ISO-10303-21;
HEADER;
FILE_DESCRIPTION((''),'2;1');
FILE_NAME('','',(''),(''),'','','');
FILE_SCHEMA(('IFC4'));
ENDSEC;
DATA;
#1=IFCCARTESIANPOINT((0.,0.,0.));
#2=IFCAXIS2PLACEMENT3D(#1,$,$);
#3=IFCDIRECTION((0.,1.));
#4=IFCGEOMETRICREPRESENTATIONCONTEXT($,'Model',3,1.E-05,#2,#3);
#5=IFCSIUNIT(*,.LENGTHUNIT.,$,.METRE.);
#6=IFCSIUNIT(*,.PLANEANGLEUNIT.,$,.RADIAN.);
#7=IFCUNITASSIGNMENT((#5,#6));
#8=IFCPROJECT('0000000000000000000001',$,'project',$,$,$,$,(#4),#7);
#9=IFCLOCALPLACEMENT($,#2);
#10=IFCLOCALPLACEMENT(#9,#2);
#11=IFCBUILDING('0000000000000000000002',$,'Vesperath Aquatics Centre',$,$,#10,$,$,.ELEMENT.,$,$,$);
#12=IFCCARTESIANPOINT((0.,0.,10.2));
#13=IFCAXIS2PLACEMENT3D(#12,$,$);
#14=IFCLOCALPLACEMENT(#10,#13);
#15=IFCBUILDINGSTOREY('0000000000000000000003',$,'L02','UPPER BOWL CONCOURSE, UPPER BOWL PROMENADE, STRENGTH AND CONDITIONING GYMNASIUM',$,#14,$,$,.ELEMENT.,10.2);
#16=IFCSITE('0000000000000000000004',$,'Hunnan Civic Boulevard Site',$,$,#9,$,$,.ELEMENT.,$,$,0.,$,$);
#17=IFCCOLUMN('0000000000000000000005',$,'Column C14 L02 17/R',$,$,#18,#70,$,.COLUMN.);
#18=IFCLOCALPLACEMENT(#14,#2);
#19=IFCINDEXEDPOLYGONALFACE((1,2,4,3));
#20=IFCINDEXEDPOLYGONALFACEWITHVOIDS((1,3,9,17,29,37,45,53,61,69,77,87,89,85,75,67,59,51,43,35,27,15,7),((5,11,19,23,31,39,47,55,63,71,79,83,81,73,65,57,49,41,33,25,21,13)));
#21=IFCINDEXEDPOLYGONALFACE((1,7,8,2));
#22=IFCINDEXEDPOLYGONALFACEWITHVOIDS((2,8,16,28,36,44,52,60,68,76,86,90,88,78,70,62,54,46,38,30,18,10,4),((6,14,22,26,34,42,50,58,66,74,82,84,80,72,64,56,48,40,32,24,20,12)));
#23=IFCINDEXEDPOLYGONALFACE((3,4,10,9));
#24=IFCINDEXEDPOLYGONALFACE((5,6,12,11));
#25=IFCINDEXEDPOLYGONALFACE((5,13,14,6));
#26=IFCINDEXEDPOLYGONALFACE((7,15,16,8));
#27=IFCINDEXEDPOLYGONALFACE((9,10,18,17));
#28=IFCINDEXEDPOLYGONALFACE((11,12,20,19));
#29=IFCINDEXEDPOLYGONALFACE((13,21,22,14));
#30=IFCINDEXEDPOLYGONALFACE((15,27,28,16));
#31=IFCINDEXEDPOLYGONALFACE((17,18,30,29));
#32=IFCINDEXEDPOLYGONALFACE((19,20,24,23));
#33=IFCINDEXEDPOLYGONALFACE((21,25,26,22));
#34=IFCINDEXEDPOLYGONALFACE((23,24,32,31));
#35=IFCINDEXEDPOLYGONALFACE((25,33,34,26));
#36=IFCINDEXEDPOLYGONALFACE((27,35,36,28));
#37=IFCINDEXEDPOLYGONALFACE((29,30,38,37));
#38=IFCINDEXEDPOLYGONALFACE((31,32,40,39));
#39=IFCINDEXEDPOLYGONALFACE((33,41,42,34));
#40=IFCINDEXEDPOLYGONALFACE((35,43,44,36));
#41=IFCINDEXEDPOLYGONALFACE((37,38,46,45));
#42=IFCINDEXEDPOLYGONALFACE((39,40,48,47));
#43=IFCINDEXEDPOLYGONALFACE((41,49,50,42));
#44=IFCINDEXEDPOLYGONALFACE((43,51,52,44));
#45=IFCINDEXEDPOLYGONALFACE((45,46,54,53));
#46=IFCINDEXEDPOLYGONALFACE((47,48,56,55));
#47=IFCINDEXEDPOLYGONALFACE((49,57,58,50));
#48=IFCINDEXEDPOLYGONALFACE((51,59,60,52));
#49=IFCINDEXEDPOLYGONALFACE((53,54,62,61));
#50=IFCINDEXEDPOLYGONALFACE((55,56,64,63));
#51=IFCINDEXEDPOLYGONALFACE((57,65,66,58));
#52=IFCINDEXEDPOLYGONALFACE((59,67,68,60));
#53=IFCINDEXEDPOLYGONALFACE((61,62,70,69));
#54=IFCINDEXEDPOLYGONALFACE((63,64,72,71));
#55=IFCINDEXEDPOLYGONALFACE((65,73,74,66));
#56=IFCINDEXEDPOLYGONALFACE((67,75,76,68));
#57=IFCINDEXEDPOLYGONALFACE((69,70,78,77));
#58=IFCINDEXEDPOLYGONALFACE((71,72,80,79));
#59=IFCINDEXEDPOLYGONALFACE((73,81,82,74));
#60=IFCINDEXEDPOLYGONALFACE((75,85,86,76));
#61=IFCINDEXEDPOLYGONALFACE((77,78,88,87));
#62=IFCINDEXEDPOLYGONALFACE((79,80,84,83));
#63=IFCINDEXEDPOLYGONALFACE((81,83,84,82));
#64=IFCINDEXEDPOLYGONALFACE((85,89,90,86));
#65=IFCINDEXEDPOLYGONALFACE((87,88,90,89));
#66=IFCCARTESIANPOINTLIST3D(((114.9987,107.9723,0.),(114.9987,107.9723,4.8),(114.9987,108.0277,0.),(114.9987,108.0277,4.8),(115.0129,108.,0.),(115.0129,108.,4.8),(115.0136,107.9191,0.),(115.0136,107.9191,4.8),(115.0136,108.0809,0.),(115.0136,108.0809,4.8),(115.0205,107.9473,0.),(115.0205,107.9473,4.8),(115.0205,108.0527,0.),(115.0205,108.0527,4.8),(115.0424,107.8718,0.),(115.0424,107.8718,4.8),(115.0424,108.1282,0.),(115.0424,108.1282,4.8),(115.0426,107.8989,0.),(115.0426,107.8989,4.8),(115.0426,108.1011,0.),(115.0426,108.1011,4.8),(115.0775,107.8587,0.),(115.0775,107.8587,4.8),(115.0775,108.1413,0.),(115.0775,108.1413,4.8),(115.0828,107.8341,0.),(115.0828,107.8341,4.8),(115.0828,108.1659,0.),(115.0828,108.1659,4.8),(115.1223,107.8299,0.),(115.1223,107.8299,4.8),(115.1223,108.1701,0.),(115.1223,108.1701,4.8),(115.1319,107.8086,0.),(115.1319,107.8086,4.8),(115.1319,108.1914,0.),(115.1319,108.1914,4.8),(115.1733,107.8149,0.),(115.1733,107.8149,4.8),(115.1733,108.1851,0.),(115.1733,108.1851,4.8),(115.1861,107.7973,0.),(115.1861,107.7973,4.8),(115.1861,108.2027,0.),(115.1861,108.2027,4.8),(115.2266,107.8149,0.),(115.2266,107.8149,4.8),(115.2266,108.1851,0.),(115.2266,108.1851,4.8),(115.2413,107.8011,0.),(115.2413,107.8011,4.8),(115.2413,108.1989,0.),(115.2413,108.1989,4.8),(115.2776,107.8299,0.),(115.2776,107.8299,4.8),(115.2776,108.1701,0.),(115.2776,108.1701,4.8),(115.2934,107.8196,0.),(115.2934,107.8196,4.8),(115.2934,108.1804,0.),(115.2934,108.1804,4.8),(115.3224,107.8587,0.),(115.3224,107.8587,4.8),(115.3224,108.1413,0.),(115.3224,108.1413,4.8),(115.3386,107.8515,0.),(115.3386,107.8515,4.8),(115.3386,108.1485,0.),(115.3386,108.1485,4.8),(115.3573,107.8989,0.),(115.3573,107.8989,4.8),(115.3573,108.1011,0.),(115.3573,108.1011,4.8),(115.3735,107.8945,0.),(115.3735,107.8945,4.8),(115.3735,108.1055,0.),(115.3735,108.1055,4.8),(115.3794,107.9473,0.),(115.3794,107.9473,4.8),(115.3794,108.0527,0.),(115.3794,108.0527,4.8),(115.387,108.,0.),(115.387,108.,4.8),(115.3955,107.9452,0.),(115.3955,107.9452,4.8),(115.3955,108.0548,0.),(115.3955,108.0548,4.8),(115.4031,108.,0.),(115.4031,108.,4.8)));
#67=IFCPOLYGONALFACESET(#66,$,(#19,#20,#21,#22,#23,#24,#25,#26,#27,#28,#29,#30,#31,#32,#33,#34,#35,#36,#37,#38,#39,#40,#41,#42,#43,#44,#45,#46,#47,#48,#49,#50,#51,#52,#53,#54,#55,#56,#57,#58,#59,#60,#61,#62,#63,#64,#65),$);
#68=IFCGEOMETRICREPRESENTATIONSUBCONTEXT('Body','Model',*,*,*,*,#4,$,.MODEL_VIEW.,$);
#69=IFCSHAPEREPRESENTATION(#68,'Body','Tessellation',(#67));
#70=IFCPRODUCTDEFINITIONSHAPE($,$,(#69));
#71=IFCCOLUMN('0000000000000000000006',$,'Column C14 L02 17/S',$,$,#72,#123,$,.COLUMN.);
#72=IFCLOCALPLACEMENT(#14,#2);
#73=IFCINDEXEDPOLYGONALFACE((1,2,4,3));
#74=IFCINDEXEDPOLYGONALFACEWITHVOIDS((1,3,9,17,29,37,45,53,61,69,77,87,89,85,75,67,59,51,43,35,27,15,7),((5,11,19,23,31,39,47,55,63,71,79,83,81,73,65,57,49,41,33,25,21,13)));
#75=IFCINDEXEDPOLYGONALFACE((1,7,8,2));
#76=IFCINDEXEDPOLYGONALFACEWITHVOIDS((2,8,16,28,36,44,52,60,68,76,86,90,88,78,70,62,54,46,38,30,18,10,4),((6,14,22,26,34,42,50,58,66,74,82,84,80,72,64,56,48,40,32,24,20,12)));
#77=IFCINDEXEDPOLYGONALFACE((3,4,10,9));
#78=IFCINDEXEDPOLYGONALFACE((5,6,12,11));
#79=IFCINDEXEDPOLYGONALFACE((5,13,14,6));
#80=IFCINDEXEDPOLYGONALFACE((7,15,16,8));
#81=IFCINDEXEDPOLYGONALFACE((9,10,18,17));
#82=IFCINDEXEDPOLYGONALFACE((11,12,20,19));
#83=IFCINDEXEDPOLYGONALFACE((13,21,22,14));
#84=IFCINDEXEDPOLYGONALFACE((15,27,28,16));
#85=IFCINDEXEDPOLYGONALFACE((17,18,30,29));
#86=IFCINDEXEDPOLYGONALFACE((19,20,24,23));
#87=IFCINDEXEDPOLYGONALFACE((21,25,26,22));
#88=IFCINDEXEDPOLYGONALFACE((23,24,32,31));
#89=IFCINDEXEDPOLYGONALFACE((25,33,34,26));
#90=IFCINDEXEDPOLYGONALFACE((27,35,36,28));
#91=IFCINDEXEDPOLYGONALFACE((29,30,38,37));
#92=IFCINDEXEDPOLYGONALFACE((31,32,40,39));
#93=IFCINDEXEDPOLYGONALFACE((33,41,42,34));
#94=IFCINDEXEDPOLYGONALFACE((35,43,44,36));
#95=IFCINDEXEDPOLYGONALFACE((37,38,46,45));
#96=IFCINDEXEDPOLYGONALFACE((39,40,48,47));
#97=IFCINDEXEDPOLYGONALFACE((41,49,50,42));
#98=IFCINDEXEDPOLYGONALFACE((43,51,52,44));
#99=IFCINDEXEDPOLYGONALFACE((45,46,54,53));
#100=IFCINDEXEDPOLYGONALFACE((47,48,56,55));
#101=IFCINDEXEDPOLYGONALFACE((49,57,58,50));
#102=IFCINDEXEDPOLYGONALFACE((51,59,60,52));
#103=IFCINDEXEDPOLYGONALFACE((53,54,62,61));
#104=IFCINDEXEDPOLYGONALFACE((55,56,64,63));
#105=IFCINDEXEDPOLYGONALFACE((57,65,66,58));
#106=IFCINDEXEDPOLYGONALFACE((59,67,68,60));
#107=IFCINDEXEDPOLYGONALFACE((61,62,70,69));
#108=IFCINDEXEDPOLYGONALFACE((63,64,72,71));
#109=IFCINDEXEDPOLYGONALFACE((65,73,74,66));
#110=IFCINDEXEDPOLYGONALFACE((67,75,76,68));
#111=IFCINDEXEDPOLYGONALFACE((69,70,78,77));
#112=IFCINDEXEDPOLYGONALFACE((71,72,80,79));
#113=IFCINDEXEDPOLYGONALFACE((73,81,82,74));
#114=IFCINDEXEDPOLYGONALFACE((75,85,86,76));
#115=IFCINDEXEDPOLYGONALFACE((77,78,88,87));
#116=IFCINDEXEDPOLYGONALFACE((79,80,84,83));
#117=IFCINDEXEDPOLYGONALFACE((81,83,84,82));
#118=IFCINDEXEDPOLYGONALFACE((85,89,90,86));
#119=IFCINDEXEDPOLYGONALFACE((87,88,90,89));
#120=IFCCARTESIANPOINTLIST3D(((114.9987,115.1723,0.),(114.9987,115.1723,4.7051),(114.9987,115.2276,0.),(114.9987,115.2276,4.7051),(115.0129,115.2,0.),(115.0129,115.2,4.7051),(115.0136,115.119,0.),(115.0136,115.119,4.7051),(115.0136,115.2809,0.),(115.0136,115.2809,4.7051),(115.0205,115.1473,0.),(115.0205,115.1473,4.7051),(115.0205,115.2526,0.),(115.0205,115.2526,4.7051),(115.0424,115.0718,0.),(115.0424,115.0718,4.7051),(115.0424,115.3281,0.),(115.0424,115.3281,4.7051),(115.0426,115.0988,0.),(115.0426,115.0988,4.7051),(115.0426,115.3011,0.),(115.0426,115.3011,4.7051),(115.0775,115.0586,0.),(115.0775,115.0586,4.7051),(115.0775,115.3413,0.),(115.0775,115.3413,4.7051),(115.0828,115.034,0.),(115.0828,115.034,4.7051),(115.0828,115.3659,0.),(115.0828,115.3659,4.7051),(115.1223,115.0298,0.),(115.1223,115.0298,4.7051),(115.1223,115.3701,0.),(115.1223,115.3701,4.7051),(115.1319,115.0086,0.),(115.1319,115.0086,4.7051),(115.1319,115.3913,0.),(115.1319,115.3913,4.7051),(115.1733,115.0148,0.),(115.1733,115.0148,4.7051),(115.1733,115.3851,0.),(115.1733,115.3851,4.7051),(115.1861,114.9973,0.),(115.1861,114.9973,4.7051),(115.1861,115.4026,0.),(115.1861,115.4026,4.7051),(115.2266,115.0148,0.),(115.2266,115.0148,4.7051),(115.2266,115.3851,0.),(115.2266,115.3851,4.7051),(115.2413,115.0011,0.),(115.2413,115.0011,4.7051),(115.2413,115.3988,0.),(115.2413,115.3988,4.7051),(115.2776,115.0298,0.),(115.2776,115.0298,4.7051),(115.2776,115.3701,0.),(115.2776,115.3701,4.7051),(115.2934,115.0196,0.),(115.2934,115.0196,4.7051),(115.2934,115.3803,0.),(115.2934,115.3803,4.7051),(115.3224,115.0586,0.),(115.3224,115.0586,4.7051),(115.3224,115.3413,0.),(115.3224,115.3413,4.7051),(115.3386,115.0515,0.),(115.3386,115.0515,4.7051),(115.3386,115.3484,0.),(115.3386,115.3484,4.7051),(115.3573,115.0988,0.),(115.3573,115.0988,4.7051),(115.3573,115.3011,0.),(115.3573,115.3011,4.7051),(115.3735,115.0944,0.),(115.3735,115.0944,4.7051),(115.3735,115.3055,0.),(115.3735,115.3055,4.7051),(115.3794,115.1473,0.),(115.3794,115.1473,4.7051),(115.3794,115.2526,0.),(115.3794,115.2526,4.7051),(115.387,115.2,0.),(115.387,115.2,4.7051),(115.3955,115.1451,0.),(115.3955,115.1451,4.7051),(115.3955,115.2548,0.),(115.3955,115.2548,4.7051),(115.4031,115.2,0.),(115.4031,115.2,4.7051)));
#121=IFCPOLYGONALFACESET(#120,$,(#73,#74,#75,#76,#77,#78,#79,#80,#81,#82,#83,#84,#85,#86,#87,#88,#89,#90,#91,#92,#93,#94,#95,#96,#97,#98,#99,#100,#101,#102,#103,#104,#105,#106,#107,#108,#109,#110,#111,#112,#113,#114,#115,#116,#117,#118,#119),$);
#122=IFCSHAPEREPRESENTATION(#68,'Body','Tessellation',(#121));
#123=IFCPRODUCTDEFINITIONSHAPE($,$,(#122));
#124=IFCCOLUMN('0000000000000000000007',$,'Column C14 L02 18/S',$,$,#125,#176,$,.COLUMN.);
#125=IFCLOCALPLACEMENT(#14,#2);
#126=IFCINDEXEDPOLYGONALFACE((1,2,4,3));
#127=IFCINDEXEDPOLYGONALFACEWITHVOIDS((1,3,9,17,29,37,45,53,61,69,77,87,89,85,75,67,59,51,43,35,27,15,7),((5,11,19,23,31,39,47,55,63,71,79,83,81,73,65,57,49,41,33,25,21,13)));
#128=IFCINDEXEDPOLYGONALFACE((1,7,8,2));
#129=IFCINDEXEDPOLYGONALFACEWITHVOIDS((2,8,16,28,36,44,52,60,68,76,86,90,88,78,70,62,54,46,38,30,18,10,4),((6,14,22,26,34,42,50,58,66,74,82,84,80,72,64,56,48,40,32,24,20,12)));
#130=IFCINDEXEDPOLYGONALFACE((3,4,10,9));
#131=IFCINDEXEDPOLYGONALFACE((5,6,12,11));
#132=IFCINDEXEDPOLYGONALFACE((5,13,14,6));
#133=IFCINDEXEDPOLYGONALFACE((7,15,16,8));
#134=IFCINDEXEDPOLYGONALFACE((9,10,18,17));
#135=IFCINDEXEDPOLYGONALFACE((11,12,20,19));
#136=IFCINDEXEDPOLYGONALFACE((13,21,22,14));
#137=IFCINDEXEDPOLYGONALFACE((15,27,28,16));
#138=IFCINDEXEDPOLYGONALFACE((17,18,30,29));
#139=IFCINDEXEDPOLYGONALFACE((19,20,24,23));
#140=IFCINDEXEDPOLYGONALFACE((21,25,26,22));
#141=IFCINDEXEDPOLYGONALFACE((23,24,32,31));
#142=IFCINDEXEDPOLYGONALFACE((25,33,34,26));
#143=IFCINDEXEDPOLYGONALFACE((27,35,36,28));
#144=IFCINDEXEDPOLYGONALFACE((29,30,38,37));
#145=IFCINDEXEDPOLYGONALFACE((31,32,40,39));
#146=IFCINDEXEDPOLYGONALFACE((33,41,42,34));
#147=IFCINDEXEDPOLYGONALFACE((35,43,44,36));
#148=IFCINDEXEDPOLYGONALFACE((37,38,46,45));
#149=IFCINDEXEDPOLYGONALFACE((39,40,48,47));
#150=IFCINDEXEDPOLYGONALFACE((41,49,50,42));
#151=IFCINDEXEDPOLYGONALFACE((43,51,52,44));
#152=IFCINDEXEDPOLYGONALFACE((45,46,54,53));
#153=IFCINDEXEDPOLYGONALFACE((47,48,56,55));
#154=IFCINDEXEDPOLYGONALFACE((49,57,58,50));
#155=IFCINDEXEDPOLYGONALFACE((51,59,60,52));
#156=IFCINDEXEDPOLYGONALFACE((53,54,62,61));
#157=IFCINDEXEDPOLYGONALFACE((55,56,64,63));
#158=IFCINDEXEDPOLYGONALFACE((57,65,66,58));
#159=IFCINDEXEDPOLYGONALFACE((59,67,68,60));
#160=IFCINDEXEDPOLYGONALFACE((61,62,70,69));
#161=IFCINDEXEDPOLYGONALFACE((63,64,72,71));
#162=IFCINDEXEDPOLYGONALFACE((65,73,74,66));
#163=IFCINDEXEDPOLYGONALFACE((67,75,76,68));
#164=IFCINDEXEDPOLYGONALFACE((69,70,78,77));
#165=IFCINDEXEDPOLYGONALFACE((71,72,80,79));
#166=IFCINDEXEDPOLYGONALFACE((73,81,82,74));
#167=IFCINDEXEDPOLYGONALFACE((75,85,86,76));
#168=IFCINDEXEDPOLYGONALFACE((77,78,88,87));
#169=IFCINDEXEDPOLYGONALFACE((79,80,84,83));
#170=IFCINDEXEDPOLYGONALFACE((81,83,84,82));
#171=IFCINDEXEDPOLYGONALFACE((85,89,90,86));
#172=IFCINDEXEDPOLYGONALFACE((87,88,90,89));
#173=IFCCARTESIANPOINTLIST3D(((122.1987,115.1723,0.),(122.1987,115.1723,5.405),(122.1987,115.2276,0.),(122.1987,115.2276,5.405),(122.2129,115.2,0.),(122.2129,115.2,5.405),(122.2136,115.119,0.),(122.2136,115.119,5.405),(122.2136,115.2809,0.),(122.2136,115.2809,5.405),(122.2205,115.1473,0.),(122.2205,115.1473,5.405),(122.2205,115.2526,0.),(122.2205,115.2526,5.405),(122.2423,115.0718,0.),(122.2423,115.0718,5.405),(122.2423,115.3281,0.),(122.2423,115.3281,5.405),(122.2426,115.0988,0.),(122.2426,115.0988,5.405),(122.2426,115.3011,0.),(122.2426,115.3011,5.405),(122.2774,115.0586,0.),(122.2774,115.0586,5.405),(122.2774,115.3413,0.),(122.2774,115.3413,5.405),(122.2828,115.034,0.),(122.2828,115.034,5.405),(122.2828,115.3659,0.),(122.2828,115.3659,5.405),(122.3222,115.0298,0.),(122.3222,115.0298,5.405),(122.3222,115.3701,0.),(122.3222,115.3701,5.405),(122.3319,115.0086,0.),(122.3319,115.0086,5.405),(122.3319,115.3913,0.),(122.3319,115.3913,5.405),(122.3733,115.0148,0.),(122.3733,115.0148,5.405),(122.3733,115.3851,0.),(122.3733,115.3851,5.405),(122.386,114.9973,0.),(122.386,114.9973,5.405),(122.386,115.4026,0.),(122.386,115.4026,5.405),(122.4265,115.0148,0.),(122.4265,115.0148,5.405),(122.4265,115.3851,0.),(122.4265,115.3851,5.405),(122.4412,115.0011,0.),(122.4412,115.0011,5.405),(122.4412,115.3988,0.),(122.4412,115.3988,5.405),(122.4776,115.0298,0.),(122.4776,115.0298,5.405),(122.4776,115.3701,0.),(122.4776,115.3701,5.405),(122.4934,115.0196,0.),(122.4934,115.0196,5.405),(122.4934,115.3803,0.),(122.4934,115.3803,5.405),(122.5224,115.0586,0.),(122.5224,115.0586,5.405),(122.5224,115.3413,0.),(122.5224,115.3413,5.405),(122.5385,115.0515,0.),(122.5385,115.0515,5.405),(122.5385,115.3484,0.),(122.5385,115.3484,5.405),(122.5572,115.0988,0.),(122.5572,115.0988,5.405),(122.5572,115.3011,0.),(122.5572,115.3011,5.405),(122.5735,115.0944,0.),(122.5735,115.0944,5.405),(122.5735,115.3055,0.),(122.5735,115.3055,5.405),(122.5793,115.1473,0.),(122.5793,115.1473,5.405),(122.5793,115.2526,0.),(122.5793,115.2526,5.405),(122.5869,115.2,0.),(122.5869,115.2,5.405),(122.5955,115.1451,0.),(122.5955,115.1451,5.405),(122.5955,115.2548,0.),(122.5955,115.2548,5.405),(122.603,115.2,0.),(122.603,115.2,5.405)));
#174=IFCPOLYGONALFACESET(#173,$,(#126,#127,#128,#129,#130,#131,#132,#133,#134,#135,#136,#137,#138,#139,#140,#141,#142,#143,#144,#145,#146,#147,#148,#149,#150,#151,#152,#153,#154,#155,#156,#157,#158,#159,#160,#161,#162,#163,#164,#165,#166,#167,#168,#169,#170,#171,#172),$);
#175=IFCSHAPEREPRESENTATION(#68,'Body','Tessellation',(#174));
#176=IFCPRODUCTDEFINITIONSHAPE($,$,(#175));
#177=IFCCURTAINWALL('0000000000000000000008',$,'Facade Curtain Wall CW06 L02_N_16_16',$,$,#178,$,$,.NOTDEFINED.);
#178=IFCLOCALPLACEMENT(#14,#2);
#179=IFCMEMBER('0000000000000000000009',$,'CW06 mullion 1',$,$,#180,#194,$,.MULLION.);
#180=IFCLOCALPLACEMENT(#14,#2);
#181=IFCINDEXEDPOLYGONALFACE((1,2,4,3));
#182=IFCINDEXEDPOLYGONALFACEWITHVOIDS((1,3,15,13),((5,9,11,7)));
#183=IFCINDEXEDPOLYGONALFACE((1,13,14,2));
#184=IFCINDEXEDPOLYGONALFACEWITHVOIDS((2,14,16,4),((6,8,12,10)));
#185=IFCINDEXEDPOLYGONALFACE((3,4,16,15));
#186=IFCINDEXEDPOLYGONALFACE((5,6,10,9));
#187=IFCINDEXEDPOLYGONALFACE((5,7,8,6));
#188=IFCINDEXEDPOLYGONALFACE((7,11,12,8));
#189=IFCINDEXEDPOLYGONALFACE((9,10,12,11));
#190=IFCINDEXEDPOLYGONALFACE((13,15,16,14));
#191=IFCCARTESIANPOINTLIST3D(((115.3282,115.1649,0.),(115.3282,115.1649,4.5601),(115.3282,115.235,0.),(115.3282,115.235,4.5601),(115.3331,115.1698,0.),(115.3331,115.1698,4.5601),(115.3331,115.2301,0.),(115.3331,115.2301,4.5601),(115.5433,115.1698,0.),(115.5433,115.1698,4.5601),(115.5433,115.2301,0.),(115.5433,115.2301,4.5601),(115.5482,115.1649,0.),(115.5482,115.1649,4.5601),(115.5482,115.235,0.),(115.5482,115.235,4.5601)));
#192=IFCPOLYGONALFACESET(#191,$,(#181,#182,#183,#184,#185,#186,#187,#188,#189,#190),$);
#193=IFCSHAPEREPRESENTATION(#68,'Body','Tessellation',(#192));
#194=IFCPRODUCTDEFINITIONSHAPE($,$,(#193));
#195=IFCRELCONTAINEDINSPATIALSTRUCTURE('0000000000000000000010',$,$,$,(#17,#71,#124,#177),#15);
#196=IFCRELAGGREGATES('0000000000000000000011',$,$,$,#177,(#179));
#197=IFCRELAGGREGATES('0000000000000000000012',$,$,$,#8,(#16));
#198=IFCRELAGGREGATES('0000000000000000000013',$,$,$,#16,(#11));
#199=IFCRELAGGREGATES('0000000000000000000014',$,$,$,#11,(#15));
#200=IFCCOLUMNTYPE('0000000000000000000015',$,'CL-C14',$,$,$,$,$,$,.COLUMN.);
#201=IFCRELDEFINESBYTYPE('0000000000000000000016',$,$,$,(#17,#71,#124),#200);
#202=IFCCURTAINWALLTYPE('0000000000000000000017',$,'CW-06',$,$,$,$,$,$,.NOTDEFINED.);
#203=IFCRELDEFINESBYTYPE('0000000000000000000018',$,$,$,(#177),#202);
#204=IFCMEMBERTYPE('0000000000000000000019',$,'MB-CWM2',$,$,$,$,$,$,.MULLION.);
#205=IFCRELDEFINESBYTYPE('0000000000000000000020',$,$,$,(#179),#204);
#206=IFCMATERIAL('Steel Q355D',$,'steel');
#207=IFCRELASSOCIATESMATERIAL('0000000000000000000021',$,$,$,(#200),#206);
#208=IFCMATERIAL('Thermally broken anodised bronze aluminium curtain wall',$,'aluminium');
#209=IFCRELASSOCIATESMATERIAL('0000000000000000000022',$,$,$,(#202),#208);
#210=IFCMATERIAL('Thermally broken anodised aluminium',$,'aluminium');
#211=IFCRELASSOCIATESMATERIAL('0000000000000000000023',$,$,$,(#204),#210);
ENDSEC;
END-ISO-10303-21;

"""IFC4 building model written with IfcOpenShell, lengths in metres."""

from ifc_helpers import new_model, si_unit, direction, frame, origin, origin_2d, place, context, subcontext, project, spatial, hollow_rectangle, hollow_circle, extrude, material, material_profile, profile_set, type_object, element, aggregate, save


model = new_model("IFC4")

# Units and contexts
model_context = context("Model", 3, precision=1e-05, world=origin(), true_north=direction((0.0, 1.0)))
body_context = subcontext(model_context, "Body", "Model", "MODEL_VIEW")
ifc_project = project(units=[si_unit("LENGTHUNIT", "METRE"), si_unit("PLANEANGLEUNIT", "RADIAN")], contexts=[model_context])

# Site, building, storey
site_placement = place(None, origin())
site = spatial("IfcSite", under=ifc_project, at=site_placement, Name="Hunnan Civic Boulevard Site", CompositionType="ELEMENT", RefElevation=0.0)
building_placement = place(site_placement, origin())
building = spatial("IfcBuilding", under=site, at=building_placement, Name="Vesperath Aquatics Centre", CompositionType="ELEMENT")
storey_placement = place(building_placement, frame((0.0, 0.0, 10.2)))
storey = spatial("IfcBuildingStorey", under=building, at=storey_placement, Name="L02", Description="UPPER BOWL CONCOURSE, UPPER BOWL PROMENADE, STRENGTH AND CONDITIONING GYMNASIUM", CompositionType="ELEMENT", Elevation=10.2)

# Columns
ifc_material_1 = material(Name="Steel Q355D", Category="steel")
ifc_material_profile_1 = material_profile(ifc_material_1, hollow_circle(Radius=0.2031, WallThickness=0.0161, at=origin_2d()), Name="CHS 406.4x16")
ifc_profile_set_1 = profile_set([ifc_material_profile_1], Name="Steel Q355D")
column_type = type_object("IfcColumnType", Name="CL-C14", PredefinedType="COLUMN", material=ifc_profile_set_1)
column_1_placement = place(storey_placement, frame((115.2, 108.0, 0.0), z_axis=(0.0, 0.0, 1.0), x_axis=(1.0, 0.0, 0.0)))
element("IfcColumn", 1, at=column_1_placement, inside=storey, type_object=column_type, Name="Column C14 L02 17/R", PredefinedType="COLUMN", context=body_context, shape_type="SweptSolid", body=[
    extrude(hollow_circle(Radius=0.2031, WallThickness=0.0161, at=origin_2d()), origin(), (0.0, 0.0, 1.0), 4.8),
])
column_2_placement = place(storey_placement, frame((115.2, 115.2, 0.0), z_axis=(0.0, 0.0, 1.0), x_axis=(1.0, 0.0, 0.0)))
element("IfcColumn", 2, at=column_2_placement, inside=storey, type_object=column_type, Name="Column C14 L02 17/S", PredefinedType="COLUMN", context=body_context, shape_type="SweptSolid", body=[
    extrude(hollow_circle(Radius=0.2031, WallThickness=0.0161, at=origin_2d()), origin(), (0.0, 0.0, 1.0), 4.7051),
])
column_3_placement = place(storey_placement, frame((122.3999, 115.2, 0.0), z_axis=(0.0, 0.0, 1.0), x_axis=(1.0, 0.0, 0.0)))
element("IfcColumn", 3, at=column_3_placement, inside=storey, type_object=column_type, Name="Column C14 L02 18/S", PredefinedType="COLUMN", context=body_context, shape_type="SweptSolid", body=[
    extrude(hollow_circle(Radius=0.2031, WallThickness=0.0161, at=origin_2d()), origin(), (0.0, 0.0, 1.0), 5.405),
])

# Curtain wall, member
ifc_material_2 = material(Name="Thermally broken anodised bronze aluminium curtain wall", Category="aluminium")
curtain_wall_type = type_object("IfcCurtainWallType", Name="CW-06", PredefinedType="NOTDEFINED", material=ifc_material_2)
curtain_wall_1_placement = place(storey_placement, origin())
curtain_wall_1 = element("IfcCurtainWall", 4, at=curtain_wall_1_placement, inside=storey, type_object=curtain_wall_type, Name="Facade Curtain Wall CW06 L02_N_16_16", PredefinedType="NOTDEFINED")
ifc_material_3 = material(Name="Thermally broken anodised aluminium", Category="aluminium")
ifc_material_profile_2 = material_profile(ifc_material_3, hollow_rectangle(XDim=0.0701, YDim=0.22, WallThickness=0.0049, at=origin_2d()), Name="CWM 70x220x5")
ifc_profile_set_2 = profile_set([ifc_material_profile_2], Name="Thermally broken anodised aluminium")
member_type_1 = type_object("IfcMemberType", Name="MB-CWM2", PredefinedType="MULLION", material=ifc_profile_set_2)
member_1_placement = place(storey_placement, frame((115.4382, 115.2, 0.0), z_axis=(0.0, 0.0, 1.0), x_axis=(0.0, 1.0, 0.0)))
member_1 = element("IfcMember", 5, at=member_1_placement, type_object=member_type_1, Name="CW06 mullion 1", PredefinedType="MULLION", context=body_context, shape_type="SweptSolid", body=[
    extrude(hollow_rectangle(XDim=0.0701, YDim=0.22, WallThickness=0.0049, at=origin_2d()), origin(), (0.0, 0.0, 1.0), 4.5601),
])

aggregate(curtain_wall_1, [member_1])

save(model, "model.ifc")
